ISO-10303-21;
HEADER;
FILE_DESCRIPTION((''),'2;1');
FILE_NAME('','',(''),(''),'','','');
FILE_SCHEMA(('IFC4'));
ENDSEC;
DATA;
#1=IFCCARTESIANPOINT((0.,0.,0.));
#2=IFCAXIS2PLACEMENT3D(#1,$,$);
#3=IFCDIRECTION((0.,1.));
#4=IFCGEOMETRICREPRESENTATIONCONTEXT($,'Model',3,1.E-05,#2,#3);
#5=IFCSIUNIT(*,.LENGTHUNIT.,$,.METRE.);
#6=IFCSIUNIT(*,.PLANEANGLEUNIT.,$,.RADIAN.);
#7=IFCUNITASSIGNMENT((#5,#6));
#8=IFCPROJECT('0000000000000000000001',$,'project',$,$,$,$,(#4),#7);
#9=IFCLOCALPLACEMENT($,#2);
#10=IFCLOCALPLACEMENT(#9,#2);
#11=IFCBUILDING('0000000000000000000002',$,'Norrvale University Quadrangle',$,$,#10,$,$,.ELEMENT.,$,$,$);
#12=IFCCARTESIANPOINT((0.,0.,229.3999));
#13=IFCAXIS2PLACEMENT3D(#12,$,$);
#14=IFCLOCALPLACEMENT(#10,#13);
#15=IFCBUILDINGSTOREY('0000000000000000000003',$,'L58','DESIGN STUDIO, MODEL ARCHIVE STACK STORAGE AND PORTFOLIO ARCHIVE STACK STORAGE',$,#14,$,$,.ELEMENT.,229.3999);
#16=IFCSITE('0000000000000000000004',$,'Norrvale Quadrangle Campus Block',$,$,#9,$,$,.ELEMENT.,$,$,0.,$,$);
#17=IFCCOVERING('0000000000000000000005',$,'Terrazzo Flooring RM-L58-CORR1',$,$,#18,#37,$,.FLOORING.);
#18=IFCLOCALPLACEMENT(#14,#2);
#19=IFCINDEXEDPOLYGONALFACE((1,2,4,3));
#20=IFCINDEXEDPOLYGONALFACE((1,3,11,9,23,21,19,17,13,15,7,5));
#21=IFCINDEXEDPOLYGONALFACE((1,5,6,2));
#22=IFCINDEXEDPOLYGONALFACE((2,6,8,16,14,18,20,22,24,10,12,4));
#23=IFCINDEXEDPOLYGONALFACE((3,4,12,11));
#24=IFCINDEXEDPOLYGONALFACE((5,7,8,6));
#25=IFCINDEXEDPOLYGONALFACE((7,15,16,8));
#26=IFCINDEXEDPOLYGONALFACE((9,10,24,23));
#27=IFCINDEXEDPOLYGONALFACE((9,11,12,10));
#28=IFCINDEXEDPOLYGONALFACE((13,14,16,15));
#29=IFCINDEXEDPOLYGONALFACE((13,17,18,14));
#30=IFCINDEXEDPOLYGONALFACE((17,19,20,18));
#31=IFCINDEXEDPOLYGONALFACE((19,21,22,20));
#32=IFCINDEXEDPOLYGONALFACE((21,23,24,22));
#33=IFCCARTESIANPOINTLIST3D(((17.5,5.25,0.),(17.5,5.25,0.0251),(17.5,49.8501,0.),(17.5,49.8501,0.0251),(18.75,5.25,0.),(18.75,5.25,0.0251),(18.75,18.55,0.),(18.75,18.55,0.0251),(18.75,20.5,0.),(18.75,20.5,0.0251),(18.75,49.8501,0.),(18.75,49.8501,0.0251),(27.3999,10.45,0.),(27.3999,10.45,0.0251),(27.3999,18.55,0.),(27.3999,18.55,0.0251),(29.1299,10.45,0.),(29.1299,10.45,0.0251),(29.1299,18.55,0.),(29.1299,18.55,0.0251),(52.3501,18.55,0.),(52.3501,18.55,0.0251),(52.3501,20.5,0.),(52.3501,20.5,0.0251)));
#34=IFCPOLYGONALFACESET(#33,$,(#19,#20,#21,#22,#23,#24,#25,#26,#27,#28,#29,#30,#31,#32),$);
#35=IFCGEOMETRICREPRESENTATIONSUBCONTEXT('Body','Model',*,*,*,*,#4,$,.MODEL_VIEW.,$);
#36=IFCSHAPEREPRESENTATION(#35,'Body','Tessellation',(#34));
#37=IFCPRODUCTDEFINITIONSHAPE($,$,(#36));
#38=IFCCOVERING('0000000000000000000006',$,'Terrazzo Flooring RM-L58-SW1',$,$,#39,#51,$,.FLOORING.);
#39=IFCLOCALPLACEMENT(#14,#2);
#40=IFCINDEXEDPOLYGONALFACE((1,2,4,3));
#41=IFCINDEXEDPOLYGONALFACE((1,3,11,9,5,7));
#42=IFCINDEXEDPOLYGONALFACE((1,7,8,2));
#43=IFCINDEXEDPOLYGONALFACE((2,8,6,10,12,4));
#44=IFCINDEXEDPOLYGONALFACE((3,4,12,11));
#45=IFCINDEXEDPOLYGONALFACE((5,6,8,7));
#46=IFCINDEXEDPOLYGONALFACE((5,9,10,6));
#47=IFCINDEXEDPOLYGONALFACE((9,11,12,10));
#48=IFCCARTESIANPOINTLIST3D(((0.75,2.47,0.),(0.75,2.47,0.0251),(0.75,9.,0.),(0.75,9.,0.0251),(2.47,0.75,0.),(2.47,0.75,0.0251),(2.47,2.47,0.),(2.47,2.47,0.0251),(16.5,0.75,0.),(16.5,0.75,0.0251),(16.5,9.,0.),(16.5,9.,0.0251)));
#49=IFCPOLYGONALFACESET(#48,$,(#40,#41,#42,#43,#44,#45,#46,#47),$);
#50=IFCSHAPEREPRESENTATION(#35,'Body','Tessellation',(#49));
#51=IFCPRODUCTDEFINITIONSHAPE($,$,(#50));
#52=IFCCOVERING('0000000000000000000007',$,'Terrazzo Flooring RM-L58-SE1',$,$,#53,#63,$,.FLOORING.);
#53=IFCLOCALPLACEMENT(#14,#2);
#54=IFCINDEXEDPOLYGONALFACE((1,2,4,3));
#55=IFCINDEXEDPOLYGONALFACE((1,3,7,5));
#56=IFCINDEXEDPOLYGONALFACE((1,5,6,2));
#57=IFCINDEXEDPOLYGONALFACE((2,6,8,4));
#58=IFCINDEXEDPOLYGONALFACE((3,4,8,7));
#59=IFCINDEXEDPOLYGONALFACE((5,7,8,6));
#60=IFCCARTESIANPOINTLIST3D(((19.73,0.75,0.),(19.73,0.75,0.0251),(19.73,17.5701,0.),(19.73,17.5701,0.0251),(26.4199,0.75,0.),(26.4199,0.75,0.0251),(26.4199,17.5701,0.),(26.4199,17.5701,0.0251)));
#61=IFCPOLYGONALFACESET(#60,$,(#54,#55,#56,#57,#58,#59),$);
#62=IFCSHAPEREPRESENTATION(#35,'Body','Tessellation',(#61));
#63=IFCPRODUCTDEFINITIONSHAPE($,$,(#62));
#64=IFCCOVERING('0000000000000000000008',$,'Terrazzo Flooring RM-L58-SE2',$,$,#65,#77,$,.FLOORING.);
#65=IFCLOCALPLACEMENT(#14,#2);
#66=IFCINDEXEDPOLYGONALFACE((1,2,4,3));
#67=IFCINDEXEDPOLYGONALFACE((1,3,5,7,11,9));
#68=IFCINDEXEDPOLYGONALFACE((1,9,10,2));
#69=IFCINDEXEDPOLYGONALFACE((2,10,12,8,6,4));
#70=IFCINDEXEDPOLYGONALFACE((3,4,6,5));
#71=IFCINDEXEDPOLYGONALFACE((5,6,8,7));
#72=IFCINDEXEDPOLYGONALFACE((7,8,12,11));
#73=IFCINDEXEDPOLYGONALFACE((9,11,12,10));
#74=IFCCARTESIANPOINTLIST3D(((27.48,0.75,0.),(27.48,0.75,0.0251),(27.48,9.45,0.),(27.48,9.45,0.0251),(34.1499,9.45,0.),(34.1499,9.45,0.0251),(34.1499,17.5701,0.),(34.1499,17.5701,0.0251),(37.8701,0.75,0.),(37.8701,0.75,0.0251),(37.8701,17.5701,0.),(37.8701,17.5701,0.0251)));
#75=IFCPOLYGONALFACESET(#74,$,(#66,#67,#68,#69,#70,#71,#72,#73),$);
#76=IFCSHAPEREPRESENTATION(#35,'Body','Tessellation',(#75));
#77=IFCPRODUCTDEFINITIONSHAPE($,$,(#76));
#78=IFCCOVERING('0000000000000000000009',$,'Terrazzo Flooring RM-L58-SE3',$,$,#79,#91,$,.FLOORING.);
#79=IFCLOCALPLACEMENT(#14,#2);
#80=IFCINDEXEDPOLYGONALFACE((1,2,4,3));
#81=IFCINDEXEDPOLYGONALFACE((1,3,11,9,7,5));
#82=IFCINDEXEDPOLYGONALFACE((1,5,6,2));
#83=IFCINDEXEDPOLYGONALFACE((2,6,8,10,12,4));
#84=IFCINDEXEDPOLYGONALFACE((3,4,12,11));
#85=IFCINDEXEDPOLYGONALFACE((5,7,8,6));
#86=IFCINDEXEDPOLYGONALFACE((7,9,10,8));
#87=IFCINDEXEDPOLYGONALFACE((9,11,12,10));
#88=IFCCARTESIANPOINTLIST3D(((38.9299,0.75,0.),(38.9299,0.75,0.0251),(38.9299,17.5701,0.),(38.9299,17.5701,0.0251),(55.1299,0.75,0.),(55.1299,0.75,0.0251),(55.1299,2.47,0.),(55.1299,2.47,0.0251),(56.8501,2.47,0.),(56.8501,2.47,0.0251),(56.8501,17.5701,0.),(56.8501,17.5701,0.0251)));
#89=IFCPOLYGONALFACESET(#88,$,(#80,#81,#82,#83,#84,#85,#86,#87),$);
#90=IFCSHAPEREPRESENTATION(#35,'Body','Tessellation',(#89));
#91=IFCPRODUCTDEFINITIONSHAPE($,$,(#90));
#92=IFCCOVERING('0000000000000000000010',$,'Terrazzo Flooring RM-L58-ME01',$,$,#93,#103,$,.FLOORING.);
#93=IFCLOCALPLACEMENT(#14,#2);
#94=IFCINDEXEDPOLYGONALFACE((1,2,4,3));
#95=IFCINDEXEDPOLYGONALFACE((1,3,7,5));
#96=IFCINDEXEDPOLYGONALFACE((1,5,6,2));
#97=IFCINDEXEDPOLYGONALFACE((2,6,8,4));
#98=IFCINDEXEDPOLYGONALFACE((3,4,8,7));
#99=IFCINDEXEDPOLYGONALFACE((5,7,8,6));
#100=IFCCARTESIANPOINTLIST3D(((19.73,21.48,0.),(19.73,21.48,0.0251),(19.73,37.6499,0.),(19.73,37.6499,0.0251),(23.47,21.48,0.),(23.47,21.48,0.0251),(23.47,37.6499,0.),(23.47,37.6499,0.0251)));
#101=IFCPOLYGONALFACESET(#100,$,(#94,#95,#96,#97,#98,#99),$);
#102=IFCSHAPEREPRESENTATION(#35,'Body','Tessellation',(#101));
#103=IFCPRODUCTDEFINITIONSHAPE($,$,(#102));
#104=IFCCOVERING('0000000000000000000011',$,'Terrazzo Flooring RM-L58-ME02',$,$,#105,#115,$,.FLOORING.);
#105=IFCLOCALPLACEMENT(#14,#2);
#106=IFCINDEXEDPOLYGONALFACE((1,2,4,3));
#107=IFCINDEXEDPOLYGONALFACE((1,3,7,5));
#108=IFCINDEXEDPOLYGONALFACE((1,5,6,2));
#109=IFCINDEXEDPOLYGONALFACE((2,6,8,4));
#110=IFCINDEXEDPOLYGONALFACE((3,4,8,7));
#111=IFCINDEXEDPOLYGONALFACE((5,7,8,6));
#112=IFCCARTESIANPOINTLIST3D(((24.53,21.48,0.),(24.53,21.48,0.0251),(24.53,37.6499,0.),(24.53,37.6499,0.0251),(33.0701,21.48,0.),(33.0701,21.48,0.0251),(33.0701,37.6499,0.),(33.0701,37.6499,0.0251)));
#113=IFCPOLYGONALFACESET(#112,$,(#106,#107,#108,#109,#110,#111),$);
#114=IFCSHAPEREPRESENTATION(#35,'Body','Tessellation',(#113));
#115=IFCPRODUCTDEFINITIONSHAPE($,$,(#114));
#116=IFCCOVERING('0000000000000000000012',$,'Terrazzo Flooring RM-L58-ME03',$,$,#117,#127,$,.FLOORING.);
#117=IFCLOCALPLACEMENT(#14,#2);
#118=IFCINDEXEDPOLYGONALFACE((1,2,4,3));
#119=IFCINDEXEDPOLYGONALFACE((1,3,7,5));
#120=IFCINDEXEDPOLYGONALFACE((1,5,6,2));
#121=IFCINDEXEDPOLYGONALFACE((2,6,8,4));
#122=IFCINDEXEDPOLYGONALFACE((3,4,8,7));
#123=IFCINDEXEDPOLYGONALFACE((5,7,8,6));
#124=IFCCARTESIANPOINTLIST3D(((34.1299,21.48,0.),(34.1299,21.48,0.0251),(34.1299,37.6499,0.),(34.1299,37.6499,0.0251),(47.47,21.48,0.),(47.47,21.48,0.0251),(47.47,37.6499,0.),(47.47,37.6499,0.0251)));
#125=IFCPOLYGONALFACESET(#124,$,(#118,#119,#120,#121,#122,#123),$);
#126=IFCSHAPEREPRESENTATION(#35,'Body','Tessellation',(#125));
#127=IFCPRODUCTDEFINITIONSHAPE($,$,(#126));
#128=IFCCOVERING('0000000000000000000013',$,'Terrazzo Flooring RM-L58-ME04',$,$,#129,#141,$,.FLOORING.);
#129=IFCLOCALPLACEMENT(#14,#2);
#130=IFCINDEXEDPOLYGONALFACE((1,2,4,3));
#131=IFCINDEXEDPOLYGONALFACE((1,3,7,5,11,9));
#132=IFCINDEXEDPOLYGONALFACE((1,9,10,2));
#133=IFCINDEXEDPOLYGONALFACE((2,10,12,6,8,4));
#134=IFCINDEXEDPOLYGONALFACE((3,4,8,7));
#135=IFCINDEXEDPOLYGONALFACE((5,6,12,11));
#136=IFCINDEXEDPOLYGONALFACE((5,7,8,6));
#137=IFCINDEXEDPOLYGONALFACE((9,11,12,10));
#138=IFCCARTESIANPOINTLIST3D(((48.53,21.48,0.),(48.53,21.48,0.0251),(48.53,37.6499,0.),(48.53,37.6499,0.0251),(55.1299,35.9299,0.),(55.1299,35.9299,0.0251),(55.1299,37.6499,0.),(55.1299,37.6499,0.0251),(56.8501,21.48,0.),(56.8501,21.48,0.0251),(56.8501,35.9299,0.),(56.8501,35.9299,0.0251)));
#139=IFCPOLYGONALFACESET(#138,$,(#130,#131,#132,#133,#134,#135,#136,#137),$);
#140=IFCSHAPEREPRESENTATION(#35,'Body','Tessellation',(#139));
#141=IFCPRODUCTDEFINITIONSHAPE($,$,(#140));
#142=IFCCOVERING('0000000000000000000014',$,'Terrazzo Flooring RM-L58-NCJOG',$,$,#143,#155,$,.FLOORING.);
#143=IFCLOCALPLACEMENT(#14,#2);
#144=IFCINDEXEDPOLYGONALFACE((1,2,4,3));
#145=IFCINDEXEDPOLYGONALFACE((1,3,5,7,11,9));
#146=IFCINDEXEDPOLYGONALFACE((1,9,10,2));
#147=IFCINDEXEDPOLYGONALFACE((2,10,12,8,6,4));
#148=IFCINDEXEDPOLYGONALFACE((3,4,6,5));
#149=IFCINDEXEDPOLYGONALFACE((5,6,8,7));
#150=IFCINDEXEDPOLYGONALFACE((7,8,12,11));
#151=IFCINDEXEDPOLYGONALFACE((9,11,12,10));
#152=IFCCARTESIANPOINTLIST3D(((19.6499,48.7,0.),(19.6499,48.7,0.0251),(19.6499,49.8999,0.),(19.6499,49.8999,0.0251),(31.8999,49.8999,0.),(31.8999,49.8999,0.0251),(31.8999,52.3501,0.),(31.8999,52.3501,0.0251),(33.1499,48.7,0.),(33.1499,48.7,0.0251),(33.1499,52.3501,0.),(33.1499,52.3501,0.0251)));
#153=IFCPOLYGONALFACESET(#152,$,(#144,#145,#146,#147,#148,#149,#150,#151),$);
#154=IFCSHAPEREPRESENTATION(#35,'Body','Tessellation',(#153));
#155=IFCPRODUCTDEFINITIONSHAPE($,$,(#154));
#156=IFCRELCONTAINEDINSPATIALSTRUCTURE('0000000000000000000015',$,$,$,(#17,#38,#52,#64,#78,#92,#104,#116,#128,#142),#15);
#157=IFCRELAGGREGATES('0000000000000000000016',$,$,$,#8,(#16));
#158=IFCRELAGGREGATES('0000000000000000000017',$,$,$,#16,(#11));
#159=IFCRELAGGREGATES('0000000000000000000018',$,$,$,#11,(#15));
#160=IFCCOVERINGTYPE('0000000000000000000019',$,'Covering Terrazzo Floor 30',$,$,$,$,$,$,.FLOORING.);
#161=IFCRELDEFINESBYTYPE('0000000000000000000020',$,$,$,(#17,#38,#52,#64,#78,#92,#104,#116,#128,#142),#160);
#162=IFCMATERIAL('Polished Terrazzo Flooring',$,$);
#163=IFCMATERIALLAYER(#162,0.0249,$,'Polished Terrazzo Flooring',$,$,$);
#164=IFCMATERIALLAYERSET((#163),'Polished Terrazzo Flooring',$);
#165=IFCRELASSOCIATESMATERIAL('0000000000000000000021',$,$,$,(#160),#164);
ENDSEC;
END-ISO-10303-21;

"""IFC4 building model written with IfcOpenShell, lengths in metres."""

from ifc_helpers import new_model, si_unit, direction, frame, origin, place, context, subcontext, project, spatial, polyline, outline, extrude, material, layer, layer_set, type_object, element, save


model = new_model("IFC4")

# Units and contexts
model_context = context("Model", 3, precision=1e-05, world=origin(), true_north=direction((0.0, 1.0)))
body_context = subcontext(model_context, "Body", "Model", "MODEL_VIEW")
ifc_project = project(units=[si_unit("LENGTHUNIT", "METRE"), si_unit("PLANEANGLEUNIT", "RADIAN")], contexts=[model_context])

# Site, building, storey
site_placement = place(None, origin())
site = spatial("IfcSite", under=ifc_project, at=site_placement, Name="Norrvale Quadrangle Campus Block", CompositionType="ELEMENT", RefElevation=0.0)
building_placement = place(site_placement, origin())
building = spatial("IfcBuilding", under=site, at=building_placement, Name="Norrvale University Quadrangle", CompositionType="ELEMENT")
storey_placement = place(building_placement, frame((0.0, 0.0, 229.3999)))
storey = spatial("IfcBuildingStorey", under=building, at=storey_placement, Name="L58", Description="DESIGN STUDIO, MODEL ARCHIVE STACK STORAGE AND PORTFOLIO ARCHIVE STACK STORAGE", CompositionType="ELEMENT", Elevation=229.3999)

# Coverings
ifc_material_1 = material(Name="Polished Terrazzo Flooring")
ifc_layer_1 = layer(ifc_material_1, 0.0249, Name="Polished Terrazzo Flooring")
ifc_layer_set_1 = layer_set([ifc_layer_1], Name="Polished Terrazzo Flooring")
covering_type_1 = type_object("IfcCoveringType", Name="Covering Terrazzo Floor 30", PredefinedType="FLOORING", material=ifc_layer_set_1)
covering_1_placement = place(storey_placement, origin())
element("IfcCovering", 1, at=covering_1_placement, inside=storey, type_object=covering_type_1, Name="Terrazzo Flooring RM-L58-CORR1", PredefinedType="FLOORING", context=body_context, shape_type="SweptSolid", body=[
    extrude(outline(polyline([(17.5, 5.25), (17.5, 49.8501), (18.75, 49.8501), (18.75, 20.5), (52.3501, 20.5), (52.3501, 18.55), (29.1299, 18.55), (29.1299, 10.45), (27.3999, 10.45), (27.3999, 18.55), (18.75, 18.55), (18.75, 5.25), (17.5, 5.25)])), origin(), (0.0, 0.0, 1.0), 0.0251),
])
covering_2_placement = place(storey_placement, origin())
element("IfcCovering", 2, at=covering_2_placement, inside=storey, type_object=covering_type_1, Name="Terrazzo Flooring RM-L58-SW1", PredefinedType="FLOORING", context=body_context, shape_type="SweptSolid", body=[
    extrude(outline(polyline([(0.75, 9.0), (16.5, 9.0), (16.5, 0.75), (2.47, 0.75), (2.47, 2.47), (0.75, 2.47), (0.75, 9.0)])), origin(), (0.0, 0.0, 1.0), 0.0251),
])
covering_3_placement = place(storey_placement, origin())
element("IfcCovering", 3, at=covering_3_placement, inside=storey, type_object=covering_type_1, Name="Terrazzo Flooring RM-L58-SE1", PredefinedType="FLOORING", context=body_context, shape_type="SweptSolid", body=[
    extrude(outline(polyline([(19.73, 17.5701), (26.4199, 17.5701), (26.4199, 0.75), (19.73, 0.75), (19.73, 17.5701)])), origin(), (0.0, 0.0, 1.0), 0.0251),
])
covering_4_placement = place(storey_placement, origin())
element("IfcCovering", 4, at=covering_4_placement, inside=storey, type_object=covering_type_1, Name="Terrazzo Flooring RM-L58-SE2", PredefinedType="FLOORING", context=body_context, shape_type="SweptSolid", body=[
    extrude(outline(polyline([(27.48, 9.45), (34.1499, 9.45), (34.1499, 17.5701), (37.8701, 17.5701), (37.8701, 0.75), (27.48, 0.75), (27.48, 9.45)])), origin(), (0.0, 0.0, 1.0), 0.0251),
])
covering_5_placement = place(storey_placement, origin())
element("IfcCovering", 5, at=covering_5_placement, inside=storey, type_object=covering_type_1, Name="Terrazzo Flooring RM-L58-SE3", PredefinedType="FLOORING", context=body_context, shape_type="SweptSolid", body=[
    extrude(outline(polyline([(38.9299, 0.75), (38.9299, 17.5701), (56.8501, 17.5701), (56.8501, 2.47), (55.1299, 2.47), (55.1299, 0.75), (38.9299, 0.75)])), origin(), (0.0, 0.0, 1.0), 0.0251),
])
covering_6_placement = place(storey_placement, origin())
element("IfcCovering", 6, at=covering_6_placement, inside=storey, type_object=covering_type_1, Name="Terrazzo Flooring RM-L58-ME01", PredefinedType="FLOORING", context=body_context, shape_type="SweptSolid", body=[
    extrude(outline(polyline([(19.73, 37.6499), (23.47, 37.6499), (23.47, 21.48), (19.73, 21.48), (19.73, 37.6499)])), origin(), (0.0, 0.0, 1.0), 0.0251),
])
covering_7_placement = place(storey_placement, origin())
element("IfcCovering", 7, at=covering_7_placement, inside=storey, type_object=covering_type_1, Name="Terrazzo Flooring RM-L58-ME02", PredefinedType="FLOORING", context=body_context, shape_type="SweptSolid", body=[
    extrude(outline(polyline([(24.53, 37.6499), (33.0701, 37.6499), (33.0701, 21.48), (24.53, 21.48), (24.53, 37.6499)])), origin(), (0.0, 0.0, 1.0), 0.0251),
])
covering_8_placement = place(storey_placement, origin())
element("IfcCovering", 8, at=covering_8_placement, inside=storey, type_object=covering_type_1, Name="Terrazzo Flooring RM-L58-ME03", PredefinedType="FLOORING", context=body_context, shape_type="SweptSolid", body=[
    extrude(outline(polyline([(34.1299, 37.6499), (47.47, 37.6499), (47.47, 21.48), (34.1299, 21.48), (34.1299, 37.6499)])), origin(), (0.0, 0.0, 1.0), 0.0251),
])
covering_9_placement = place(storey_placement, origin())
element("IfcCovering", 9, at=covering_9_placement, inside=storey, type_object=covering_type_1, Name="Terrazzo Flooring RM-L58-ME04", PredefinedType="FLOORING", context=body_context, shape_type="SweptSolid", body=[
    extrude(outline(polyline([(56.8501, 21.48), (48.53, 21.48), (48.53, 37.6499), (55.1299, 37.6499), (55.1299, 35.9299), (56.8501, 35.9299), (56.8501, 21.48)])), origin(), (0.0, 0.0, 1.0), 0.0251),
])
covering_10_placement = place(storey_placement, origin())
element("IfcCovering", 10, at=covering_10_placement, inside=storey, type_object=covering_type_1, Name="Terrazzo Flooring RM-L58-NCJOG", PredefinedType="FLOORING", context=body_context, shape_type="SweptSolid", body=[
    extrude(outline(polyline([(19.6499, 48.7), (19.6499, 49.8999), (31.8999, 49.8999), (31.8999, 52.3501), (33.1499, 52.3501), (33.1499, 48.7), (19.6499, 48.7)])), origin(), (0.0, 0.0, 1.0), 0.0251),
])

save(model, "model.ifc")
